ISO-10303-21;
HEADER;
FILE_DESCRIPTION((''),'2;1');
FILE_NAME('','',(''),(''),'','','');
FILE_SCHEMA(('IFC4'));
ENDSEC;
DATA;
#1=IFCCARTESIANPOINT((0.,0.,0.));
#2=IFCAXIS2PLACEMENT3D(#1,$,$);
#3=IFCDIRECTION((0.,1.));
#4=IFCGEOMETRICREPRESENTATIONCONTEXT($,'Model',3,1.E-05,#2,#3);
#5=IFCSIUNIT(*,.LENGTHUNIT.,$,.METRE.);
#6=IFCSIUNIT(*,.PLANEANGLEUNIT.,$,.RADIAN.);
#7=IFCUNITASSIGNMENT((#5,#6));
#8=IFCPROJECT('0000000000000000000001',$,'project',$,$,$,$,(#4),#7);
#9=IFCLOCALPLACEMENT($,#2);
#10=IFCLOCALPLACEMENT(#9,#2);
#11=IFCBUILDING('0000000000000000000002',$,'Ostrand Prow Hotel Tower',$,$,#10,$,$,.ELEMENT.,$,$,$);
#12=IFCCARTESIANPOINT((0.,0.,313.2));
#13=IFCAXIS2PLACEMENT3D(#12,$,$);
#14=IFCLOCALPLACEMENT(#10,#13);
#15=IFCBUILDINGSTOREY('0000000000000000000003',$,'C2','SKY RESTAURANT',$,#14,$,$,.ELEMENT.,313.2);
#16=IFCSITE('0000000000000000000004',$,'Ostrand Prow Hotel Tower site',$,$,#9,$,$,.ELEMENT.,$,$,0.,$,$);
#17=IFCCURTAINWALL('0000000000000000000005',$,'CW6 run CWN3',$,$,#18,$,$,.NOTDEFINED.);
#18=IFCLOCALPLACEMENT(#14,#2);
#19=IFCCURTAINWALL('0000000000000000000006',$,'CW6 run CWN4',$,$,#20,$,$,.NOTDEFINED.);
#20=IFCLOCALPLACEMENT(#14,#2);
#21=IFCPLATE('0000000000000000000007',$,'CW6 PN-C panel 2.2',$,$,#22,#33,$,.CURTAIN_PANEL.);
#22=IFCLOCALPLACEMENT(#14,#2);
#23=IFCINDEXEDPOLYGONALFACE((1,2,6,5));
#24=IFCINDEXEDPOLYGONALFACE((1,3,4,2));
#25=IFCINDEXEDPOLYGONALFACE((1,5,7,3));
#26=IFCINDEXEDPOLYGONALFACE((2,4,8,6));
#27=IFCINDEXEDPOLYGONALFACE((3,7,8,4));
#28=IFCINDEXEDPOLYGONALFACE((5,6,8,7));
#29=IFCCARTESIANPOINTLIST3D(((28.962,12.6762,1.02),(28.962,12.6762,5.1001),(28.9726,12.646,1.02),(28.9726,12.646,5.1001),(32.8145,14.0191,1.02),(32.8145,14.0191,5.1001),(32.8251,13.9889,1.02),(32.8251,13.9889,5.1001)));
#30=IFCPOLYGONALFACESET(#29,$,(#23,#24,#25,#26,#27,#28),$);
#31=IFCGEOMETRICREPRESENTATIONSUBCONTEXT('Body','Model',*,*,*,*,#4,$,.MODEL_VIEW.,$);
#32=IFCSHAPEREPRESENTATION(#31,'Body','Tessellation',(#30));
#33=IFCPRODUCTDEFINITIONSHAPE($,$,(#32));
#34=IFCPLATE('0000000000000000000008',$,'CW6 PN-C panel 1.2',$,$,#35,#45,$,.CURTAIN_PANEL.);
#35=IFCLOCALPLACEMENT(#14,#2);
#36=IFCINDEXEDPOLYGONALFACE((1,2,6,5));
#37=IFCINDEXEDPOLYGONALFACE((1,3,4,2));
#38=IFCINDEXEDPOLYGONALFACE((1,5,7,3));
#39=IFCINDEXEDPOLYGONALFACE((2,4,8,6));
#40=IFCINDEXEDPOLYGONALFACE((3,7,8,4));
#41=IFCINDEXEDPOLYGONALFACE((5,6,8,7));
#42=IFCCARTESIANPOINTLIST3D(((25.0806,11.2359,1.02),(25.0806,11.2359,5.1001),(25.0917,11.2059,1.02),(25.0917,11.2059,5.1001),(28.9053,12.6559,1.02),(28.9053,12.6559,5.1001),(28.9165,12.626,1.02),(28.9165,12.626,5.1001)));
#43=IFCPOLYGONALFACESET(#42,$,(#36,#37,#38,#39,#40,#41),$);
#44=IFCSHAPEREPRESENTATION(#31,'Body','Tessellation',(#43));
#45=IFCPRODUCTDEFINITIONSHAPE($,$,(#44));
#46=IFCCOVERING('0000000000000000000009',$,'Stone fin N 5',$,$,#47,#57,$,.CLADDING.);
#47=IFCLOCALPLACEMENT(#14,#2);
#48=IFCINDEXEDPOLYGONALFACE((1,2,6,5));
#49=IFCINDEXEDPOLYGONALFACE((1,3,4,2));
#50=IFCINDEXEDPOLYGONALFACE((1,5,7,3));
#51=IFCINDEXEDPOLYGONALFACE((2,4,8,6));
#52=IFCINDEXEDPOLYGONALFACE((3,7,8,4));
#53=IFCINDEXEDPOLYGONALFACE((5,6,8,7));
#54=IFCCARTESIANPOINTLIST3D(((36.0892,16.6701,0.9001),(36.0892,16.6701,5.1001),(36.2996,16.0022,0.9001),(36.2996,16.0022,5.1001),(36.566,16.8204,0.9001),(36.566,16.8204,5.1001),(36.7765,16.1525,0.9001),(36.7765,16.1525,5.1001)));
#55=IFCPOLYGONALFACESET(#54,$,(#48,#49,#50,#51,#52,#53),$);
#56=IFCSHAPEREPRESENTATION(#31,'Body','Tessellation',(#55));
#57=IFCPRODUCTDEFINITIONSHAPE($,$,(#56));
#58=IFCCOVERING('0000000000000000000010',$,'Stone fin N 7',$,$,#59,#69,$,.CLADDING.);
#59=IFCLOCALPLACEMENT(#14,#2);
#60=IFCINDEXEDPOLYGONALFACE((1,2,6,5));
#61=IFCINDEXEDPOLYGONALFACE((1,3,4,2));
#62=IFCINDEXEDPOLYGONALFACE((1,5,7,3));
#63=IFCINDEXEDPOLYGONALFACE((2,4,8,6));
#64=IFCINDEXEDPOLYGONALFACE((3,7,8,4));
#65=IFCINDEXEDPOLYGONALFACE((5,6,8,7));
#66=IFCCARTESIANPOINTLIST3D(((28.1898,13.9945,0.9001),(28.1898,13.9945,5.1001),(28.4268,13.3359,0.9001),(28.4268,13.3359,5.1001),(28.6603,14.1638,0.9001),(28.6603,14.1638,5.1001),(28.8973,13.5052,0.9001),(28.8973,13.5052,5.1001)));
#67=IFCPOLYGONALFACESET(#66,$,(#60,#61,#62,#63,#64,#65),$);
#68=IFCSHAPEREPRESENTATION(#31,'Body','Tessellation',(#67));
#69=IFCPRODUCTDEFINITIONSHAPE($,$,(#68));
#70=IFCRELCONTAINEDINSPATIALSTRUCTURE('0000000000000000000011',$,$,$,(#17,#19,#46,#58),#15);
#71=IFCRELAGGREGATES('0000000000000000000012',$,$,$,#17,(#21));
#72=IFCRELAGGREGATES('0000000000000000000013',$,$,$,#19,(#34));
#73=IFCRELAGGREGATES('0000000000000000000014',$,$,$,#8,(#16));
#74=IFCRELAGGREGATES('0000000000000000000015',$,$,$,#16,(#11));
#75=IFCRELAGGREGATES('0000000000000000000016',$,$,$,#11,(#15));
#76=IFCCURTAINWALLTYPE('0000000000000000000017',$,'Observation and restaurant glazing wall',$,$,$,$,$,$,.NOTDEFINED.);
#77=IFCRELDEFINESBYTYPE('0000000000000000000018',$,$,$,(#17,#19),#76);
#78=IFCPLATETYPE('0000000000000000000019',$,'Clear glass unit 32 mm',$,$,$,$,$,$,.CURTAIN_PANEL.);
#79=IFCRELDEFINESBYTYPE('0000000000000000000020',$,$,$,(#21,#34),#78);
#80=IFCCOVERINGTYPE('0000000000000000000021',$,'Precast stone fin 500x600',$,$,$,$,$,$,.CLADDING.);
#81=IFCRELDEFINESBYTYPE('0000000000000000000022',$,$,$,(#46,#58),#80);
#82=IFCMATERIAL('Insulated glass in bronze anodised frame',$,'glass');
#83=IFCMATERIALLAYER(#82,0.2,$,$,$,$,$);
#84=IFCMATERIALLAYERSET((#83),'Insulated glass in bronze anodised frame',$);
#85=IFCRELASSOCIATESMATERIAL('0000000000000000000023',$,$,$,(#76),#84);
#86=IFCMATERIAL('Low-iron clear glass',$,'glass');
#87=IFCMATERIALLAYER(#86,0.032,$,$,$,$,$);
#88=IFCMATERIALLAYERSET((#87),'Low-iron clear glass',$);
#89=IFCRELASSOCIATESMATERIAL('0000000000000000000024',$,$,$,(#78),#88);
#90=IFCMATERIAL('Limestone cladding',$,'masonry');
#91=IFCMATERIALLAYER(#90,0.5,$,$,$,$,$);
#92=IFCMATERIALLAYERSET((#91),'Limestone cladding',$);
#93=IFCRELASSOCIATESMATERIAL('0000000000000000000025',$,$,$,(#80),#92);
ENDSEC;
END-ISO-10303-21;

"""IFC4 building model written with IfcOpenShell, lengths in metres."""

from ifc_helpers import new_model, si_unit, direction, frame, frame_2d, origin, origin_2d, place, context, subcontext, project, spatial, rectangle, extrude, material, layer, layer_set, type_object, element, aggregate, save


model = new_model("IFC4")

# Units and contexts
model_context = context("Model", 3, precision=1e-05, world=origin(), true_north=direction((0.0, 1.0)))
body_context = subcontext(model_context, "Body", "Model", "MODEL_VIEW")
ifc_project = project(units=[si_unit("LENGTHUNIT", "METRE"), si_unit("PLANEANGLEUNIT", "RADIAN")], contexts=[model_context])

# Site, building, storey
site_placement = place(None, origin())
site = spatial("IfcSite", under=ifc_project, at=site_placement, Name="Ostrand Prow Hotel Tower site", CompositionType="ELEMENT", RefElevation=0.0)
building_placement = place(site_placement, origin())
building = spatial("IfcBuilding", under=site, at=building_placement, Name="Ostrand Prow Hotel Tower", CompositionType="ELEMENT")
storey_placement = place(building_placement, frame((0.0, 0.0, 313.2)))
storey = spatial("IfcBuildingStorey", under=building, at=storey_placement, Name="C2", Description="SKY RESTAURANT", CompositionType="ELEMENT", Elevation=313.2)

# Shared definitions
ifc_material_1 = material(Name="Insulated glass in bronze anodised frame", Category="glass")
ifc_layer_1 = layer(ifc_material_1, 0.2)
ifc_layer_set_1 = layer_set([ifc_layer_1], Name="Insulated glass in bronze anodised frame")
curtain_wall_type = type_object("IfcCurtainWallType", Name="Observation and restaurant glazing wall", PredefinedType="NOTDEFINED", material=ifc_layer_set_1)

# Curtain wall
curtain_wall_1_placement = place(storey_placement, origin())
curtain_wall_1 = element("IfcCurtainWall", 1, at=curtain_wall_1_placement, inside=storey, type_object=curtain_wall_type, Name="CW6 run CWN3", PredefinedType="NOTDEFINED")

# Curtain wall
curtain_wall_2_placement = place(storey_placement, origin())
curtain_wall_2 = element("IfcCurtainWall", 2, at=curtain_wall_2_placement, inside=storey, type_object=curtain_wall_type, Name="CW6 run CWN4", PredefinedType="NOTDEFINED")

# Plates
ifc_material_2 = material(Name="Low-iron clear glass", Category="glass")
ifc_layer_2 = layer(ifc_material_2, 0.032)
ifc_layer_set_2 = layer_set([ifc_layer_2], Name="Low-iron clear glass")
plate_type = type_object("IfcPlateType", Name="Clear glass unit 32 mm", PredefinedType="CURTAIN_PANEL", material=ifc_layer_set_2)
plate_1_placement = place(storey_placement, frame((30.8936, 13.3325, 1.02), z_axis=(0.0, 0.0, 1.0), x_axis=(-0.944275, -0.329158, 0.0)))
plate_1 = element("IfcPlate", 3, at=plate_1_placement, type_object=plate_type, Name="CW6 PN-C panel 2.2", PredefinedType="CURTAIN_PANEL", context=body_context, shape_type="SweptSolid", body=[
    extrude(rectangle(XDim=4.0798, YDim=0.032, at=origin_2d()), origin(), (0.0, 0.0, 1.0), 4.0801),
])
aggregate(curtain_wall_1, [plate_1])
plate_2_placement = place(storey_placement, frame((26.9985, 11.9309, 1.02), z_axis=(0.0, 0.0, 1.0), x_axis=(-0.937468, -0.348071, 0.0)))
plate_2 = element("IfcPlate", 4, at=plate_2_placement, type_object=plate_type, Name="CW6 PN-C panel 1.2", PredefinedType="CURTAIN_PANEL", context=body_context, shape_type="SweptSolid", body=[
    extrude(rectangle(XDim=4.0798, YDim=0.032, at=origin_2d()), origin(), (0.0, 0.0, 1.0), 4.0801),
])
aggregate(curtain_wall_2, [plate_2])

# Coverings
ifc_material_3 = material(Name="Limestone cladding", Category="masonry")
ifc_layer_3 = layer(ifc_material_3, 0.5)
ifc_layer_set_3 = layer_set([ifc_layer_3], Name="Limestone cladding")
covering_type = type_object("IfcCoveringType", Name="Precast stone fin 500x600", PredefinedType="CLADDING", material=ifc_layer_set_3)
covering_1_placement = place(storey_placement, frame((36.5381, 16.0774, 0.9001), z_axis=(0.0, 0.0, 1.0), x_axis=(-0.300597, 0.953751, 0.0)))
element("IfcCovering", 5, at=covering_1_placement, inside=storey, type_object=covering_type, Name="Stone fin N 5", PredefinedType="CLADDING", context=body_context, shape_type="SweptSolid", body=[
    extrude(rectangle(XDim=0.7002, YDim=0.5, at=frame_2d((0.3501, 0.0))), origin(), (0.0, 0.0, 1.0), 4.2),
])
covering_2_placement = place(storey_placement, frame((28.6621, 13.4204, 0.9001), z_axis=(0.0, 0.0, 1.0), x_axis=(-0.338633, 0.940919, 0.0)))
element("IfcCovering", 6, at=covering_2_placement, inside=storey, type_object=covering_type, Name="Stone fin N 7", PredefinedType="CLADDING", context=body_context, shape_type="SweptSolid", body=[
    extrude(rectangle(XDim=0.7, YDim=0.5, at=frame_2d((0.3501, 0.0))), origin(), (0.0, 0.0, 1.0), 4.2),
])

save(model, "model.ifc")
